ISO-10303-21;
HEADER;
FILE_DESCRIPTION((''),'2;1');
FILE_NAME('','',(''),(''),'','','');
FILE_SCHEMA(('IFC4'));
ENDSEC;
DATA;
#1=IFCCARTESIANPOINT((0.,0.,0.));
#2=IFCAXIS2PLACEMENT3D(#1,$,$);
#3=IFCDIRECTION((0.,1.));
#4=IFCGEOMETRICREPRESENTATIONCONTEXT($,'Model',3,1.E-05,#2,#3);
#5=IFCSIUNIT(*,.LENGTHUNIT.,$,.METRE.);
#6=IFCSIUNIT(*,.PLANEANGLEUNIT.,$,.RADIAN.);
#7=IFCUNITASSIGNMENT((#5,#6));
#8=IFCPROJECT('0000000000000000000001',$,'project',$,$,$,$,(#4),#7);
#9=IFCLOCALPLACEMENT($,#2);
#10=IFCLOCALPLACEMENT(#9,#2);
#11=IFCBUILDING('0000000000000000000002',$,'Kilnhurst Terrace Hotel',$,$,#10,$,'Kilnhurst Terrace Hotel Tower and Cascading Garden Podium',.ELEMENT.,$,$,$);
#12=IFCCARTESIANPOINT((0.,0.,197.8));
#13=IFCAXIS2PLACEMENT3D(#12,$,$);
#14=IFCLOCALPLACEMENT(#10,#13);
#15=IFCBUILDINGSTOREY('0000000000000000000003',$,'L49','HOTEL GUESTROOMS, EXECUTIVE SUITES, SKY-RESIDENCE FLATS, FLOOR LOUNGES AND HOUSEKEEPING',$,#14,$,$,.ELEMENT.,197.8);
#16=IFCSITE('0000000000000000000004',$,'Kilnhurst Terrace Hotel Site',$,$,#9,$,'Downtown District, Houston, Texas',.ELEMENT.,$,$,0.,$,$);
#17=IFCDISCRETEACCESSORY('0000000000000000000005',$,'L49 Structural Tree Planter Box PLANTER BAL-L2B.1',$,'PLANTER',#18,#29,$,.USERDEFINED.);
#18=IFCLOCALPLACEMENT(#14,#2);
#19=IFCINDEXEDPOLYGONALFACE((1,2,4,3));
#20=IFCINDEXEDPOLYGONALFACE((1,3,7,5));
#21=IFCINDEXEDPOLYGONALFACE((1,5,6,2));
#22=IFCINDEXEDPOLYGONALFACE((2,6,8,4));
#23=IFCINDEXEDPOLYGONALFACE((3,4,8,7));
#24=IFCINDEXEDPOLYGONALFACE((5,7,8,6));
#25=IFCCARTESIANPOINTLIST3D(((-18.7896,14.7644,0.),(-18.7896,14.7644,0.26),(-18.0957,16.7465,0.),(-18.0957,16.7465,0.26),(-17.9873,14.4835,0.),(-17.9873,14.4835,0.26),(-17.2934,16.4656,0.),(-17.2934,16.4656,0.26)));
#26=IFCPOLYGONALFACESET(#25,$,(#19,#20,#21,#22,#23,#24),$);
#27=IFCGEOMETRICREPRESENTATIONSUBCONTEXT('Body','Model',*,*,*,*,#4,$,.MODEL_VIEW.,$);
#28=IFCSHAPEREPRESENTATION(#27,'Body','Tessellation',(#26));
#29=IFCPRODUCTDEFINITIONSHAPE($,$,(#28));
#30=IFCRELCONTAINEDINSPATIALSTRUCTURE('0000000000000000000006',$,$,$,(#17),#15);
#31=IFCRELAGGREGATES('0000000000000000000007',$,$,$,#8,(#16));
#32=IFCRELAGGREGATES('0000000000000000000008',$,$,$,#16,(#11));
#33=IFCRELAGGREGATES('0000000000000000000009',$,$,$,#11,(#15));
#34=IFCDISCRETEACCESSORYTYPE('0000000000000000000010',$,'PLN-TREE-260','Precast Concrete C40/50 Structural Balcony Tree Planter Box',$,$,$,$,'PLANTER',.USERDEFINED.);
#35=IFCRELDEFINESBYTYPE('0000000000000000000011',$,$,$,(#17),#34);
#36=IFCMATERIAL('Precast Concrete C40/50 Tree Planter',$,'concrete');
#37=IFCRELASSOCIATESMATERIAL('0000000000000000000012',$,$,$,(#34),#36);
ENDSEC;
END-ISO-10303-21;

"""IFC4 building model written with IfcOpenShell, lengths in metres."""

from ifc_helpers import new_model, si_unit, direction, frame, origin, origin_2d, place, context, subcontext, project, spatial, rectangle, extrude, material, type_object, element, save


model = new_model("IFC4")

# Units and contexts
model_context = context("Model", 3, precision=1e-05, world=origin(), true_north=direction((0.0, 1.0)))
body_context = subcontext(model_context, "Body", "Model", "MODEL_VIEW")
ifc_project = project(units=[si_unit("LENGTHUNIT", "METRE"), si_unit("PLANEANGLEUNIT", "RADIAN")], contexts=[model_context])

# Site, building, storey
site_placement = place(None, origin())
site = spatial("IfcSite", under=ifc_project, at=site_placement, Name="Kilnhurst Terrace Hotel Site", LongName="Downtown District, Houston, Texas", CompositionType="ELEMENT", RefElevation=0.0)
building_placement = place(site_placement, origin())
building = spatial("IfcBuilding", under=site, at=building_placement, Name="Kilnhurst Terrace Hotel", LongName="Kilnhurst Terrace Hotel Tower and Cascading Garden Podium", CompositionType="ELEMENT")
storey_placement = place(building_placement, frame((0.0, 0.0, 197.8)))
storey = spatial("IfcBuildingStorey", under=building, at=storey_placement, Name="L49", Description="HOTEL GUESTROOMS, EXECUTIVE SUITES, SKY-RESIDENCE FLATS, FLOOR LOUNGES AND HOUSEKEEPING", CompositionType="ELEMENT", Elevation=197.8)

# Discrete accessory
ifc_material_1 = material(Name="Precast Concrete C40/50 Tree Planter", Category="concrete")
discrete_accessory_type_1 = type_object("IfcDiscreteAccessoryType", Name="PLN-TREE-260", Description="Precast Concrete C40/50 Structural Balcony Tree Planter Box", ElementType="PLANTER", PredefinedType="USERDEFINED", material=ifc_material_1)
discrete_accessory_1_placement = place(storey_placement, frame((-18.0415, 15.615, 0.0), z_axis=(0.0, 0.0, 1.0), x_axis=(-0.330432, -0.94383, 0.0)))
element("IfcDiscreteAccessory", 1, at=discrete_accessory_1_placement, inside=storey, type_object=discrete_accessory_type_1, Name="L49 Structural Tree Planter Box PLANTER BAL-L2B.1", ObjectType="PLANTER", PredefinedType="USERDEFINED", context=body_context, shape_type="SweptSolid", body=[
    extrude(rectangle(XDim=2.1001, YDim=0.8501, at=origin_2d()), origin(), (0.0, 0.0, 1.0), 0.26),
])

save(model, "model.ifc")
